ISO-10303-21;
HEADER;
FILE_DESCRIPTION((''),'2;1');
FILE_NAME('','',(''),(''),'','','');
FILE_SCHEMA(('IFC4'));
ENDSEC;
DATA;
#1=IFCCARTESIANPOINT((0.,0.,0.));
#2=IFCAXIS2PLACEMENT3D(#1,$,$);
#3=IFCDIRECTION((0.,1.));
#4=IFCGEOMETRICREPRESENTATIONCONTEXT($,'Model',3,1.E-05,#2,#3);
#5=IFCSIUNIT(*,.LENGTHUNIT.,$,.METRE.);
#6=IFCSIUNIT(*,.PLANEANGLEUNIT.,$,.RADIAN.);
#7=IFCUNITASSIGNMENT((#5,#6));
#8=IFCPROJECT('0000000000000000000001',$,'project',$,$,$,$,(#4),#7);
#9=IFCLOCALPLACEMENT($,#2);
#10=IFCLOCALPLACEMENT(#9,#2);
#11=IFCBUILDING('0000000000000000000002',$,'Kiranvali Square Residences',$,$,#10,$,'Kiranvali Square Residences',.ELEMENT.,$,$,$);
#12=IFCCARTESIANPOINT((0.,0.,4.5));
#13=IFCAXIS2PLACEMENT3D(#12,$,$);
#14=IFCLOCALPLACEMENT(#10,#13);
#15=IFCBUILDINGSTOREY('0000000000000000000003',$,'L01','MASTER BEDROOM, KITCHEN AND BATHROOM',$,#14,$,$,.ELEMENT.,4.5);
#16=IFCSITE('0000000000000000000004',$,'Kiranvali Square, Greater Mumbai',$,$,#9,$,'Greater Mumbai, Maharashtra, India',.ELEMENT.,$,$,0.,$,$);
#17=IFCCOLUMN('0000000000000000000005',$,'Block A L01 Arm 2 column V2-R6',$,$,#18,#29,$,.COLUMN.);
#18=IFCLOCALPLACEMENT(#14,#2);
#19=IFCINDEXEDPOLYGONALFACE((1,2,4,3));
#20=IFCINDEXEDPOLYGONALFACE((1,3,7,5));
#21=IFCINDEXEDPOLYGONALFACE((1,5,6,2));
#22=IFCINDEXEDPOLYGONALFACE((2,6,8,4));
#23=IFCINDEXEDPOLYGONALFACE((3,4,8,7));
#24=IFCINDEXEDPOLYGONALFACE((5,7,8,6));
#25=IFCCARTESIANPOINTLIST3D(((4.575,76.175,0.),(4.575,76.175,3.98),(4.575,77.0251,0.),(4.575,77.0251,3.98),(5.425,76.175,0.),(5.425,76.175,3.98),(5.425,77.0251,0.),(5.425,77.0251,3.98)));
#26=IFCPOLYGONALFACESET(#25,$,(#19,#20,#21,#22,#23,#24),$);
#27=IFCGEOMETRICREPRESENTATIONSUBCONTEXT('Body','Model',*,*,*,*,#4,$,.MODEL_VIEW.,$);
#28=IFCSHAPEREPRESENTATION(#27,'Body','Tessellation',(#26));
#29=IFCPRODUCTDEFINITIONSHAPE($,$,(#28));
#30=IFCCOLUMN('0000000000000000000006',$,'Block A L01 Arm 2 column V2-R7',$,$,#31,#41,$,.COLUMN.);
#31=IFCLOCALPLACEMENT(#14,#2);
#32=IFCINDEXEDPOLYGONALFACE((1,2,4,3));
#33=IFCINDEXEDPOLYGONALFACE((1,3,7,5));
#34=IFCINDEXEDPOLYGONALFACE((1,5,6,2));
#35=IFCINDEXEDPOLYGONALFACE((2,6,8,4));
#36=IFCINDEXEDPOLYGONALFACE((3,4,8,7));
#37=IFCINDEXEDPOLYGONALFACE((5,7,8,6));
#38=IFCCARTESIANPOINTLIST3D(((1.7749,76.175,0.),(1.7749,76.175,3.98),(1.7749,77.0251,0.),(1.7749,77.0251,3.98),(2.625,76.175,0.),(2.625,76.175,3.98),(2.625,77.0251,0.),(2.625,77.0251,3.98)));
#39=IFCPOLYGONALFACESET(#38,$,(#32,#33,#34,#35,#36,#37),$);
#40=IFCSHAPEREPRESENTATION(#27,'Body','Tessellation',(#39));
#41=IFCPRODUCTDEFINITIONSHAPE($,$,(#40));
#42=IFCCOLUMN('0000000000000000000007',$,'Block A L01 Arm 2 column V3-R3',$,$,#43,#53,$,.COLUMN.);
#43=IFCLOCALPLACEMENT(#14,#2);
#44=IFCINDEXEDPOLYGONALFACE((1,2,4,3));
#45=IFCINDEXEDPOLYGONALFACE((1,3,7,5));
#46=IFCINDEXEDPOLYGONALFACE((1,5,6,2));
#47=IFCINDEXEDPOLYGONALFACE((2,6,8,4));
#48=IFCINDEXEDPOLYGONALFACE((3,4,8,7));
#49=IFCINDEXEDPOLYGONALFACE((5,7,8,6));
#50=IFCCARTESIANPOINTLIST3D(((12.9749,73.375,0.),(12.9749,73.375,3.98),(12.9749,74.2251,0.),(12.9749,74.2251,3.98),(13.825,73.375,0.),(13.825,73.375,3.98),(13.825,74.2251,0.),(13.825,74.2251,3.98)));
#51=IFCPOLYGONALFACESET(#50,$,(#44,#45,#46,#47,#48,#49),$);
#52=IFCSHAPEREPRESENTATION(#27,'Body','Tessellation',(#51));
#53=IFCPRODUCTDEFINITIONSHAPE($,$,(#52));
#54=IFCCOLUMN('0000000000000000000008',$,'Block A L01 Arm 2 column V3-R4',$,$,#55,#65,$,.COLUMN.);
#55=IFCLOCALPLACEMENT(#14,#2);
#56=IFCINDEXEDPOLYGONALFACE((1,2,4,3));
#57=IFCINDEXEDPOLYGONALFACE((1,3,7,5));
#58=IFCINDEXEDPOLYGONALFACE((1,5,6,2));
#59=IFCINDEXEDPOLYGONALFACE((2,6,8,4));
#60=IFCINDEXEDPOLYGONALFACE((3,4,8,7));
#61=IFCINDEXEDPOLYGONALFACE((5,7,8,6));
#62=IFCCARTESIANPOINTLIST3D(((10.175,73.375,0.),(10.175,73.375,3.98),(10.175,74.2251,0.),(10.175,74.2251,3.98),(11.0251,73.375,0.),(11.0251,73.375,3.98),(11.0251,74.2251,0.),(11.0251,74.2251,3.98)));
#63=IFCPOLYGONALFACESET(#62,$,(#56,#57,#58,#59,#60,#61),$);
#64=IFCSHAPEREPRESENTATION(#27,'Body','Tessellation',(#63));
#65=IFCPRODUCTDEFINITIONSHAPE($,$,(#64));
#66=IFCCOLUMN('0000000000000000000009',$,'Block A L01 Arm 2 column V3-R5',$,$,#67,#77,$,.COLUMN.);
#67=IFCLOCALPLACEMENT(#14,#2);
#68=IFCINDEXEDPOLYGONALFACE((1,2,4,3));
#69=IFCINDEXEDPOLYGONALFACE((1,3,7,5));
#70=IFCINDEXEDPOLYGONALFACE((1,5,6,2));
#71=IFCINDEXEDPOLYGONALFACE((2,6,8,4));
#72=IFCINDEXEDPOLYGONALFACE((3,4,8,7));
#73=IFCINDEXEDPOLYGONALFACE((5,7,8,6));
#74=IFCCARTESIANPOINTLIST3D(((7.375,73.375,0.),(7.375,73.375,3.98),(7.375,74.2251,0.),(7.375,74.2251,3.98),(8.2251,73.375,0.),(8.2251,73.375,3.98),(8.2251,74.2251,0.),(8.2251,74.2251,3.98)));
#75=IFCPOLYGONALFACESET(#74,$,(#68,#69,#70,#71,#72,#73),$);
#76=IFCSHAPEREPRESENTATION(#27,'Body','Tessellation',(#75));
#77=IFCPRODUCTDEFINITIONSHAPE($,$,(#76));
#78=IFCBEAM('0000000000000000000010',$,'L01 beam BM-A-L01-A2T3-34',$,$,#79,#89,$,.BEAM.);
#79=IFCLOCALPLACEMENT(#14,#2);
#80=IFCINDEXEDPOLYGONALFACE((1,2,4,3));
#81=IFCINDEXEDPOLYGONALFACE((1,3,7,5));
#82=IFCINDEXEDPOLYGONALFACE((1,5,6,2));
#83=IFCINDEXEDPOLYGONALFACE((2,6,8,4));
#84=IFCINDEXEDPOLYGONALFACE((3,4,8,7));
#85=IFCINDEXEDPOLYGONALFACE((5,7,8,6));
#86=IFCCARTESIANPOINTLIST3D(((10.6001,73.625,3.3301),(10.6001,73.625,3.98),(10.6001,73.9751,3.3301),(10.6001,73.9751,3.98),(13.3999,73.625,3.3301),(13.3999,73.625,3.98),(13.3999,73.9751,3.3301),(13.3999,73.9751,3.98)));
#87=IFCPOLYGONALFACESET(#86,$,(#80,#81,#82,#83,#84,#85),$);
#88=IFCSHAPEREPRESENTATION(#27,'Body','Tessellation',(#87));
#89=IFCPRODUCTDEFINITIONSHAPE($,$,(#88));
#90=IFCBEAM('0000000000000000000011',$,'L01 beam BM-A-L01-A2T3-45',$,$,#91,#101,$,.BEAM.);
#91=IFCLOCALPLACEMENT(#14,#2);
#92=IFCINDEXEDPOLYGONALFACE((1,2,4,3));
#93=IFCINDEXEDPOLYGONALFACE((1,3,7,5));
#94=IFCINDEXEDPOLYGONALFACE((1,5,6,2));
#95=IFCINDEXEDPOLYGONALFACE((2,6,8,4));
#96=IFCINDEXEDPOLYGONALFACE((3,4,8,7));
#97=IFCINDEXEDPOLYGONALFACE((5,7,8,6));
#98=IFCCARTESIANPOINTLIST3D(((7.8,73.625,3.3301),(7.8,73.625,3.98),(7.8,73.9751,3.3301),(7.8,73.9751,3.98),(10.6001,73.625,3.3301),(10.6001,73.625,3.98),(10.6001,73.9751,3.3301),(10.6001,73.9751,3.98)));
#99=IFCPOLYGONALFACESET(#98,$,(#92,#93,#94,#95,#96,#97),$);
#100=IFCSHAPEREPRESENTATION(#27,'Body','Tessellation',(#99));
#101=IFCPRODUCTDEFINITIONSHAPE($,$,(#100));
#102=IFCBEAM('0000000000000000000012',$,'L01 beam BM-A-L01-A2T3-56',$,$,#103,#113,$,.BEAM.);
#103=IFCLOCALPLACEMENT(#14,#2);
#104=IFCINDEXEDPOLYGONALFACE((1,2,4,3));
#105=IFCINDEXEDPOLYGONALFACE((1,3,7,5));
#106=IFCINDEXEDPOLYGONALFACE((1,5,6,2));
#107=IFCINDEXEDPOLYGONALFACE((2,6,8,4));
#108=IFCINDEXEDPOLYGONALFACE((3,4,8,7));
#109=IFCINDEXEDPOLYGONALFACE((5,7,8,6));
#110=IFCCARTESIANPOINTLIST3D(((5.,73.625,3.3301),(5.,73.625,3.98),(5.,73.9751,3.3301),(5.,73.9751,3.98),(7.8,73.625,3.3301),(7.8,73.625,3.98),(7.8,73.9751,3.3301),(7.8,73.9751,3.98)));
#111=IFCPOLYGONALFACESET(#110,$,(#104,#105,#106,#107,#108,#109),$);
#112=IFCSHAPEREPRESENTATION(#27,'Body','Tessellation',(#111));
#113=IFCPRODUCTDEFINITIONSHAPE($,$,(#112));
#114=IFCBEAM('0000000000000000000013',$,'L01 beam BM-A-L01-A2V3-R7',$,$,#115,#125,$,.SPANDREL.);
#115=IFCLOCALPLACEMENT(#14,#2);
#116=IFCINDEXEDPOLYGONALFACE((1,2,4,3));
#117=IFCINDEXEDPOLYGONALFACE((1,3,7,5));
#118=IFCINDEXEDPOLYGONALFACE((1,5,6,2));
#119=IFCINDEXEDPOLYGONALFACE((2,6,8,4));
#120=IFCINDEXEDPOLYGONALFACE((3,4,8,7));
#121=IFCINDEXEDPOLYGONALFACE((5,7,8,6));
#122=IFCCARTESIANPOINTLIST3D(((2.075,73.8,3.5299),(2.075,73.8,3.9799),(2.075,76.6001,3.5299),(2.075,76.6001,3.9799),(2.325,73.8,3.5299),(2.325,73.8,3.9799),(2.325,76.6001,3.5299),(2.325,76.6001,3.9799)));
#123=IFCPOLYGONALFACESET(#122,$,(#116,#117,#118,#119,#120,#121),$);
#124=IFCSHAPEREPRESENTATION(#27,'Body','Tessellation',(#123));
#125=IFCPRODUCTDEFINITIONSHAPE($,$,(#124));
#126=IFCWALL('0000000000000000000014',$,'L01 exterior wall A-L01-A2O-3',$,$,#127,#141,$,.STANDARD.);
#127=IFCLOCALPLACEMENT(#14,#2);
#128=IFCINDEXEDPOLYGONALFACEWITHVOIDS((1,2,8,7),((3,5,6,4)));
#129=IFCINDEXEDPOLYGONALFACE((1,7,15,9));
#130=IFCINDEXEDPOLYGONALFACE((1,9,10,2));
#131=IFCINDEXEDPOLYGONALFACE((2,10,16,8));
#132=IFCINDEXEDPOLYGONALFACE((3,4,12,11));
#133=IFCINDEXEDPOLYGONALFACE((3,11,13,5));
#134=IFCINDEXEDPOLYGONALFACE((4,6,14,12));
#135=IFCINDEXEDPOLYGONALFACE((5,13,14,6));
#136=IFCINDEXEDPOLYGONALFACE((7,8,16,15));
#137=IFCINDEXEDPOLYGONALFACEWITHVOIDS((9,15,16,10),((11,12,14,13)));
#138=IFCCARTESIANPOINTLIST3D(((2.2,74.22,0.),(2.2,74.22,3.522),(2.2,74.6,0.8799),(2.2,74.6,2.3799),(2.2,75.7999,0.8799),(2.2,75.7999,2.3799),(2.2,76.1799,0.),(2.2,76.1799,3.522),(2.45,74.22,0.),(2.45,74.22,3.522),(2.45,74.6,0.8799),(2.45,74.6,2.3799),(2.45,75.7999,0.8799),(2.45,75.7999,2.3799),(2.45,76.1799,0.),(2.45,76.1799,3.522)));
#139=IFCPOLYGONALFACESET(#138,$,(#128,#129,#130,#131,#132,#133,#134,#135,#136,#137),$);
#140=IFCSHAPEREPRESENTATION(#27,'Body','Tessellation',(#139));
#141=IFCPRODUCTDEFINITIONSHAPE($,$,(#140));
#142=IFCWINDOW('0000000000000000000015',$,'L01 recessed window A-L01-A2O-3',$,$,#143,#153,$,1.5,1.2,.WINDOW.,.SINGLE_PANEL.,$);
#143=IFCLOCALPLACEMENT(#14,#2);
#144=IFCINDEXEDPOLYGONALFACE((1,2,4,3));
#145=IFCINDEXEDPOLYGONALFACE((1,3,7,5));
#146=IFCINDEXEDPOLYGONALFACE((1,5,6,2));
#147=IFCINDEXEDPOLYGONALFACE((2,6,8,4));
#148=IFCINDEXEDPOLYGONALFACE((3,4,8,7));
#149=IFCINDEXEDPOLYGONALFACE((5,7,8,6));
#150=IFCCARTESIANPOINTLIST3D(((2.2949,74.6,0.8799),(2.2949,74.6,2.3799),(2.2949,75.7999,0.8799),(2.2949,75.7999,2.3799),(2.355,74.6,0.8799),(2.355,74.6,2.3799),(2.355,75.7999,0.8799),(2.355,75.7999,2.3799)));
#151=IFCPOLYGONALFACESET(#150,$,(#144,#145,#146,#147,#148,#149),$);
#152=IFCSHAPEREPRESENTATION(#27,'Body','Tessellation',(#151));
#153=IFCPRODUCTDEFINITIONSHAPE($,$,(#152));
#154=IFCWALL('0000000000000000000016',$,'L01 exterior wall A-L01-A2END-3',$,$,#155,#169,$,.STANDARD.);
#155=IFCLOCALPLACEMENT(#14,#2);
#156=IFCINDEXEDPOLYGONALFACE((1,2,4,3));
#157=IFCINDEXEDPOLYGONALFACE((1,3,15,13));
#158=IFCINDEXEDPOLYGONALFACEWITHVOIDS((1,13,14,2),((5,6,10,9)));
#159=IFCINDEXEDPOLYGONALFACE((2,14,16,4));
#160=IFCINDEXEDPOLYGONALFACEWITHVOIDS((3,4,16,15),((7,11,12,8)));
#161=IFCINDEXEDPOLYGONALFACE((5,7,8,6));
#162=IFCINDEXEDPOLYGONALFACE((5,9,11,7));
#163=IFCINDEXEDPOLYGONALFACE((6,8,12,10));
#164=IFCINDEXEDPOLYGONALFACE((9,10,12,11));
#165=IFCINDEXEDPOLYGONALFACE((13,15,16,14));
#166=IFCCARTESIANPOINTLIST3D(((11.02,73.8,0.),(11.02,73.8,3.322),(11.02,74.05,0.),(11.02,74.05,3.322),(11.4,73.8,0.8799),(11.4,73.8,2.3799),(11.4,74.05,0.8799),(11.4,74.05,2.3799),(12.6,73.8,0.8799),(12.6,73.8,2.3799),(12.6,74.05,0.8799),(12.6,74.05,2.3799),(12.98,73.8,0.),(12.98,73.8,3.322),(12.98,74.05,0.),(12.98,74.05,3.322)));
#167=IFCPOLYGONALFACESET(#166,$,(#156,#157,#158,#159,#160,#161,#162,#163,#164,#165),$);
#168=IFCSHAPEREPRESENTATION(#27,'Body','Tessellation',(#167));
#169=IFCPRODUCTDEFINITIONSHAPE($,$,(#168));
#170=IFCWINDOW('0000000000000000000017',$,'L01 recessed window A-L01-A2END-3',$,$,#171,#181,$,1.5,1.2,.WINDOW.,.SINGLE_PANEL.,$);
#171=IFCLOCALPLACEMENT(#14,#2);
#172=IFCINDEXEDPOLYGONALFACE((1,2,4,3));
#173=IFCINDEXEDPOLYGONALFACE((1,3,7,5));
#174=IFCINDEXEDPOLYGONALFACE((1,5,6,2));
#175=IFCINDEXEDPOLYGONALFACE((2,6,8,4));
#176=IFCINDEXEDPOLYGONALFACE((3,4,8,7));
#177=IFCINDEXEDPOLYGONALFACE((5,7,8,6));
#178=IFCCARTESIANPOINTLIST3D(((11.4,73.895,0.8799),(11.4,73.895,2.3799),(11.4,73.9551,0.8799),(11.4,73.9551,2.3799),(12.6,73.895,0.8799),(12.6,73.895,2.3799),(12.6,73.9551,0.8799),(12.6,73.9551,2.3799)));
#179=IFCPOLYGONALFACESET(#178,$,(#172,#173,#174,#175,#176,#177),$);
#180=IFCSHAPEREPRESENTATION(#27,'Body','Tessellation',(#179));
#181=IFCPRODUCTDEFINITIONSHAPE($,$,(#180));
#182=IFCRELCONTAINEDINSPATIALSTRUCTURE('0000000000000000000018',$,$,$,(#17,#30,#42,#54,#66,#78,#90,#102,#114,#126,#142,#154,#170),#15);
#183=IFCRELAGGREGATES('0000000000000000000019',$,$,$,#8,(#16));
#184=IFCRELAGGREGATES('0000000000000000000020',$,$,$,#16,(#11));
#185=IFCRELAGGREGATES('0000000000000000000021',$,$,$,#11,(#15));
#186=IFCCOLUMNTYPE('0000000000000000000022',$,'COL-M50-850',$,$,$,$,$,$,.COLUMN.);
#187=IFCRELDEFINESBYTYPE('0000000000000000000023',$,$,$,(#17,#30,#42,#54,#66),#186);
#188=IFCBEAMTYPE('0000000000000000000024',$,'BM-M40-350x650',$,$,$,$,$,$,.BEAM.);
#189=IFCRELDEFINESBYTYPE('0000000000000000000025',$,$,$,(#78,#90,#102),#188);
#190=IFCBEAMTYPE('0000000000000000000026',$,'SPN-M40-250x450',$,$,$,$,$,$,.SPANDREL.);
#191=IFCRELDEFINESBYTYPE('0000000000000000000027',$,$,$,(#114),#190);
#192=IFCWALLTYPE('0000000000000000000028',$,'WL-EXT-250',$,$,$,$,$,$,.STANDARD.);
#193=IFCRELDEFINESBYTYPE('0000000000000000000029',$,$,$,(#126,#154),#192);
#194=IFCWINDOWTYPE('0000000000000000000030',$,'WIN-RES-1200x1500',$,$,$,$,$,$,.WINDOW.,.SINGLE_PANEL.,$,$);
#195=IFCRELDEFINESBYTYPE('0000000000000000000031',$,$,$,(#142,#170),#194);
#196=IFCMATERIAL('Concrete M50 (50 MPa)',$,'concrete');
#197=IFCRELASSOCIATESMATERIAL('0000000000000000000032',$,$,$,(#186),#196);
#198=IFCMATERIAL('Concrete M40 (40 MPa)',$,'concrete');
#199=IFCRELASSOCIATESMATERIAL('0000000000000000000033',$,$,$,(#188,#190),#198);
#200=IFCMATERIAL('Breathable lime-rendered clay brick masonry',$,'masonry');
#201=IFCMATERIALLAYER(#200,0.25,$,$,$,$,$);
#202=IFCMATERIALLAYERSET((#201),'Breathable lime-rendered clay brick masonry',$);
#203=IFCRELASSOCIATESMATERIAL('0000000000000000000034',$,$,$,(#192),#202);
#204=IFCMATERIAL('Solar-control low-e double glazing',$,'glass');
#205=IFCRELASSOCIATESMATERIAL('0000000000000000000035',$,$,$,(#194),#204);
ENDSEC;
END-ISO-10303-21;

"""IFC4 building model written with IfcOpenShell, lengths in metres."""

from ifc_helpers import new_model, si_unit, direction, frame, frame_2d, origin, origin_2d, place, context, subcontext, project, spatial, rectangle, extrude, material, layer, layer_set, material_profile, profile_set, type_object, element, fill, save


model = new_model("IFC4")

# Units and contexts
model_context = context("Model", 3, precision=1e-05, world=origin(), true_north=direction((0.0, 1.0)))
body_context = subcontext(model_context, "Body", "Model", "MODEL_VIEW")
ifc_project = project(units=[si_unit("LENGTHUNIT", "METRE"), si_unit("PLANEANGLEUNIT", "RADIAN")], contexts=[model_context])

# Site, building, storey
site_placement = place(None, origin())
site = spatial("IfcSite", under=ifc_project, at=site_placement, Name="Kiranvali Square, Greater Mumbai", LongName="Greater Mumbai, Maharashtra, India", CompositionType="ELEMENT", RefElevation=0.0)
building_placement = place(site_placement, origin())
building = spatial("IfcBuilding", under=site, at=building_placement, Name="Kiranvali Square Residences", LongName="Kiranvali Square Residences", CompositionType="ELEMENT")
storey_placement = place(building_placement, frame((0.0, 0.0, 4.5)))
storey = spatial("IfcBuildingStorey", under=building, at=storey_placement, Name="L01", Description="MASTER BEDROOM, KITCHEN AND BATHROOM", CompositionType="ELEMENT", Elevation=4.5)

# Columns
ifc_material_1 = material(Name="Concrete M50 (50 MPa)", Category="concrete")
ifc_material_profile_1 = material_profile(ifc_material_1, rectangle(XDim=0.8501, YDim=0.8501, at=origin_2d()), Name="RC 850x850")
ifc_profile_set_1 = profile_set([ifc_material_profile_1], Name="Concrete M50 (50 MPa)")
column_type = type_object("IfcColumnType", Name="COL-M50-850", PredefinedType="COLUMN", material=ifc_profile_set_1)
for number, where, z_axis, x_axis, name in (
    (1, (5.0, 76.6001, 0.0), (0.0, 0.0, 1.0), (1.0, 0.0, 0.0), "Block A L01 Arm 2 column V2-R6"),
    (2, (2.2, 76.6001, 0.0), (0.0, 0.0, 1.0), (1.0, 0.0, 0.0), "Block A L01 Arm 2 column V2-R7"),
    (3, (13.3999, 73.8, 0.0), (0.0, 0.0, 1.0), (1.0, 0.0, 0.0), "Block A L01 Arm 2 column V3-R3"),
    (4, (10.6001, 73.8, 0.0), (0.0, 0.0, 1.0), (1.0, 0.0, 0.0), "Block A L01 Arm 2 column V3-R4"),
    (5, (7.8, 73.8, 0.0), (0.0, 0.0, 1.0), (1.0, 0.0, 0.0), "Block A L01 Arm 2 column V3-R5"),
):
    element("IfcColumn", number, at=place(storey_placement, frame(where, z_axis=z_axis, x_axis=x_axis)), inside=storey, type_object=column_type, Name=name, PredefinedType="COLUMN", context=body_context, shape_type="SweptSolid", body=[
        extrude(rectangle(XDim=0.8501, YDim=0.8501, at=origin_2d()), origin(), (0.0, 0.0, 1.0), 3.98),
    ])

# Beams
ifc_material_2 = material(Name="Concrete M40 (40 MPa)", Category="concrete")
ifc_material_profile_2 = material_profile(ifc_material_2, rectangle(XDim=0.3501, YDim=0.6499, at=origin_2d()), Name="RC 350x650")
ifc_profile_set_2 = profile_set([ifc_material_profile_2], Name="Concrete M40 (40 MPa)")
beam_type_1 = type_object("IfcBeamType", Name="BM-M40-350x650", PredefinedType="BEAM", material=ifc_profile_set_2)
beam_1_placement = place(storey_placement, frame((13.3999, 73.8, 3.655), z_axis=(-1.0, 0.0, 0.0), x_axis=(0.0, -1.0, 0.0)))
element("IfcBeam", 6, at=beam_1_placement, inside=storey, type_object=beam_type_1, Name="L01 beam BM-A-L01-A2T3-34", PredefinedType="BEAM", context=body_context, shape_type="SweptSolid", body=[
    extrude(rectangle(XDim=0.3501, YDim=0.6499, at=origin_2d()), origin(), (0.0, 0.0, 1.0), 2.7998),
])
for number, where, z_axis, x_axis, name in (
    (7, (10.6001, 73.8, 3.655), (-1.0, 0.0, 0.0), (0.0, -1.0, 0.0), "L01 beam BM-A-L01-A2T3-45"),
    (8, (7.8, 73.8, 3.655), (-1.0, 0.0, 0.0), (0.0, -1.0, 0.0), "L01 beam BM-A-L01-A2T3-56"),
):
    element("IfcBeam", number, at=place(storey_placement, frame(where, z_axis=z_axis, x_axis=x_axis)), inside=storey, type_object=beam_type_1, Name=name, PredefinedType="BEAM", context=body_context, shape_type="SweptSolid", body=[
        extrude(rectangle(XDim=0.3501, YDim=0.6499, at=origin_2d()), origin(), (0.0, 0.0, 1.0), 2.8),
    ])
ifc_material_profile_3 = material_profile(ifc_material_2, rectangle(XDim=0.25, YDim=0.45, at=origin_2d()), Name="RC 250x450")
ifc_profile_set_3 = profile_set([ifc_material_profile_3], Name="Concrete M40 (40 MPa)")
beam_type_2 = type_object("IfcBeamType", Name="SPN-M40-250x450", PredefinedType="SPANDREL", material=ifc_profile_set_3)
beam_2_placement = place(storey_placement, frame((2.2, 76.6001, 3.7549), z_axis=(0.0, -1.0, 0.0), x_axis=(1.0, 0.0, 0.0)))
element("IfcBeam", 9, at=beam_2_placement, inside=storey, type_object=beam_type_2, Name="L01 beam BM-A-L01-A2V3-R7", PredefinedType="SPANDREL", context=body_context, shape_type="SweptSolid", body=[
    extrude(rectangle(XDim=0.25, YDim=0.45, at=origin_2d()), origin(), (0.0, 0.0, 1.0), 2.8),
])

# Walls, openings, windows
ifc_material_3 = material(Name="Breathable lime-rendered clay brick masonry", Category="masonry")
ifc_layer_1 = layer(ifc_material_3, 0.25)
ifc_layer_set_1 = layer_set([ifc_layer_1], Name="Breathable lime-rendered clay brick masonry")
wall_type_1 = type_object("IfcWallType", Name="WL-EXT-250", PredefinedType="STANDARD", material=ifc_layer_set_1)
wall_1_placement = place(storey_placement, frame((2.325, 76.1799, 0.0), z_axis=(0.0, 0.0, 1.0), x_axis=(0.0, -1.0, 0.0)))
wall_1 = element("IfcWall", 10, at=wall_1_placement, inside=storey, type_object=wall_type_1, Name="L01 exterior wall A-L01-A2O-3", PredefinedType="STANDARD", context=body_context, shape_type="SweptSolid", body=[
    extrude(rectangle(XDim=1.96, YDim=0.25, at=frame_2d((0.98, 0.0))), origin(), (0.0, 0.0, 1.0), 3.522),
])
opening_1_placement = place(wall_1_placement, frame((0.3799, 0.0, 0.8799)))
opening_1 = element("IfcOpeningElement", 11, at=opening_1_placement, cuts=wall_1, PredefinedType="OPENING", context=body_context, shape_type="SweptSolid", body=[
    extrude(rectangle(XDim=1.2, YDim=1.5, at=frame_2d((0.6001, 0.75))), frame((0.0, 0.135, 0.0), z_axis=(0.0, -1.0, 0.0), x_axis=(1.0, 0.0, 0.0)), (0.0, 0.0, 1.0), 0.27),
])
ifc_material_4 = material(Name="Solar-control low-e double glazing", Category="glass")
window_type = type_object("IfcWindowType", Name="WIN-RES-1200x1500", PartitioningType="SINGLE_PANEL", PredefinedType="WINDOW", material=ifc_material_4)
window_1_placement = place(opening_1_placement, origin())
window_1 = element("IfcWindow", 12, at=window_1_placement, inside=storey, type_object=window_type, Name="L01 recessed window A-L01-A2O-3", OverallHeight=1.5, OverallWidth=1.2, PartitioningType="SINGLE_PANEL", PredefinedType="WINDOW", context=body_context, shape_type="SweptSolid", body=[
    extrude(rectangle(XDim=1.2, YDim=1.5, at=frame_2d((0.6001, 0.75))), frame((0.0, 0.03, 0.0), z_axis=(0.0, -1.0, 0.0), x_axis=(1.0, 0.0, 0.0)), (0.0, 0.0, 1.0), 0.0601),
])
fill(opening_1, window_1)
wall_2_placement = place(storey_placement, frame((12.98, 73.925, 0.0), z_axis=(0.0, 0.0, 1.0), x_axis=(-1.0, 0.0, 0.0)))
wall_2 = element("IfcWall", 13, at=wall_2_placement, inside=storey, type_object=wall_type_1, Name="L01 exterior wall A-L01-A2END-3", PredefinedType="STANDARD", context=body_context, shape_type="SweptSolid", body=[
    extrude(rectangle(XDim=1.96, YDim=0.25, at=frame_2d((0.98, 0.0))), origin(), (0.0, 0.0, 1.0), 3.322),
])
opening_2_placement = place(wall_2_placement, frame((0.3799, 0.0, 0.8799)))
opening_2 = element("IfcOpeningElement", 14, at=opening_2_placement, cuts=wall_2, PredefinedType="OPENING", context=body_context, shape_type="SweptSolid", body=[
    extrude(rectangle(XDim=1.2, YDim=1.5, at=frame_2d((0.6001, 0.75))), frame((0.0, 0.135, 0.0), z_axis=(0.0, -1.0, 0.0), x_axis=(1.0, 0.0, 0.0)), (0.0, 0.0, 1.0), 0.27),
])
window_2_placement = place(opening_2_placement, origin())
window_2 = element("IfcWindow", 15, at=window_2_placement, inside=storey, type_object=window_type, Name="L01 recessed window A-L01-A2END-3", OverallHeight=1.5, OverallWidth=1.2, PartitioningType="SINGLE_PANEL", PredefinedType="WINDOW", context=body_context, shape_type="SweptSolid", body=[
    extrude(rectangle(XDim=1.2, YDim=1.5, at=frame_2d((0.6001, 0.75))), frame((0.0, 0.03, 0.0), z_axis=(0.0, -1.0, 0.0), x_axis=(1.0, 0.0, 0.0)), (0.0, 0.0, 1.0), 0.0601),
])
fill(opening_2, window_2)

save(model, "model.ifc")
